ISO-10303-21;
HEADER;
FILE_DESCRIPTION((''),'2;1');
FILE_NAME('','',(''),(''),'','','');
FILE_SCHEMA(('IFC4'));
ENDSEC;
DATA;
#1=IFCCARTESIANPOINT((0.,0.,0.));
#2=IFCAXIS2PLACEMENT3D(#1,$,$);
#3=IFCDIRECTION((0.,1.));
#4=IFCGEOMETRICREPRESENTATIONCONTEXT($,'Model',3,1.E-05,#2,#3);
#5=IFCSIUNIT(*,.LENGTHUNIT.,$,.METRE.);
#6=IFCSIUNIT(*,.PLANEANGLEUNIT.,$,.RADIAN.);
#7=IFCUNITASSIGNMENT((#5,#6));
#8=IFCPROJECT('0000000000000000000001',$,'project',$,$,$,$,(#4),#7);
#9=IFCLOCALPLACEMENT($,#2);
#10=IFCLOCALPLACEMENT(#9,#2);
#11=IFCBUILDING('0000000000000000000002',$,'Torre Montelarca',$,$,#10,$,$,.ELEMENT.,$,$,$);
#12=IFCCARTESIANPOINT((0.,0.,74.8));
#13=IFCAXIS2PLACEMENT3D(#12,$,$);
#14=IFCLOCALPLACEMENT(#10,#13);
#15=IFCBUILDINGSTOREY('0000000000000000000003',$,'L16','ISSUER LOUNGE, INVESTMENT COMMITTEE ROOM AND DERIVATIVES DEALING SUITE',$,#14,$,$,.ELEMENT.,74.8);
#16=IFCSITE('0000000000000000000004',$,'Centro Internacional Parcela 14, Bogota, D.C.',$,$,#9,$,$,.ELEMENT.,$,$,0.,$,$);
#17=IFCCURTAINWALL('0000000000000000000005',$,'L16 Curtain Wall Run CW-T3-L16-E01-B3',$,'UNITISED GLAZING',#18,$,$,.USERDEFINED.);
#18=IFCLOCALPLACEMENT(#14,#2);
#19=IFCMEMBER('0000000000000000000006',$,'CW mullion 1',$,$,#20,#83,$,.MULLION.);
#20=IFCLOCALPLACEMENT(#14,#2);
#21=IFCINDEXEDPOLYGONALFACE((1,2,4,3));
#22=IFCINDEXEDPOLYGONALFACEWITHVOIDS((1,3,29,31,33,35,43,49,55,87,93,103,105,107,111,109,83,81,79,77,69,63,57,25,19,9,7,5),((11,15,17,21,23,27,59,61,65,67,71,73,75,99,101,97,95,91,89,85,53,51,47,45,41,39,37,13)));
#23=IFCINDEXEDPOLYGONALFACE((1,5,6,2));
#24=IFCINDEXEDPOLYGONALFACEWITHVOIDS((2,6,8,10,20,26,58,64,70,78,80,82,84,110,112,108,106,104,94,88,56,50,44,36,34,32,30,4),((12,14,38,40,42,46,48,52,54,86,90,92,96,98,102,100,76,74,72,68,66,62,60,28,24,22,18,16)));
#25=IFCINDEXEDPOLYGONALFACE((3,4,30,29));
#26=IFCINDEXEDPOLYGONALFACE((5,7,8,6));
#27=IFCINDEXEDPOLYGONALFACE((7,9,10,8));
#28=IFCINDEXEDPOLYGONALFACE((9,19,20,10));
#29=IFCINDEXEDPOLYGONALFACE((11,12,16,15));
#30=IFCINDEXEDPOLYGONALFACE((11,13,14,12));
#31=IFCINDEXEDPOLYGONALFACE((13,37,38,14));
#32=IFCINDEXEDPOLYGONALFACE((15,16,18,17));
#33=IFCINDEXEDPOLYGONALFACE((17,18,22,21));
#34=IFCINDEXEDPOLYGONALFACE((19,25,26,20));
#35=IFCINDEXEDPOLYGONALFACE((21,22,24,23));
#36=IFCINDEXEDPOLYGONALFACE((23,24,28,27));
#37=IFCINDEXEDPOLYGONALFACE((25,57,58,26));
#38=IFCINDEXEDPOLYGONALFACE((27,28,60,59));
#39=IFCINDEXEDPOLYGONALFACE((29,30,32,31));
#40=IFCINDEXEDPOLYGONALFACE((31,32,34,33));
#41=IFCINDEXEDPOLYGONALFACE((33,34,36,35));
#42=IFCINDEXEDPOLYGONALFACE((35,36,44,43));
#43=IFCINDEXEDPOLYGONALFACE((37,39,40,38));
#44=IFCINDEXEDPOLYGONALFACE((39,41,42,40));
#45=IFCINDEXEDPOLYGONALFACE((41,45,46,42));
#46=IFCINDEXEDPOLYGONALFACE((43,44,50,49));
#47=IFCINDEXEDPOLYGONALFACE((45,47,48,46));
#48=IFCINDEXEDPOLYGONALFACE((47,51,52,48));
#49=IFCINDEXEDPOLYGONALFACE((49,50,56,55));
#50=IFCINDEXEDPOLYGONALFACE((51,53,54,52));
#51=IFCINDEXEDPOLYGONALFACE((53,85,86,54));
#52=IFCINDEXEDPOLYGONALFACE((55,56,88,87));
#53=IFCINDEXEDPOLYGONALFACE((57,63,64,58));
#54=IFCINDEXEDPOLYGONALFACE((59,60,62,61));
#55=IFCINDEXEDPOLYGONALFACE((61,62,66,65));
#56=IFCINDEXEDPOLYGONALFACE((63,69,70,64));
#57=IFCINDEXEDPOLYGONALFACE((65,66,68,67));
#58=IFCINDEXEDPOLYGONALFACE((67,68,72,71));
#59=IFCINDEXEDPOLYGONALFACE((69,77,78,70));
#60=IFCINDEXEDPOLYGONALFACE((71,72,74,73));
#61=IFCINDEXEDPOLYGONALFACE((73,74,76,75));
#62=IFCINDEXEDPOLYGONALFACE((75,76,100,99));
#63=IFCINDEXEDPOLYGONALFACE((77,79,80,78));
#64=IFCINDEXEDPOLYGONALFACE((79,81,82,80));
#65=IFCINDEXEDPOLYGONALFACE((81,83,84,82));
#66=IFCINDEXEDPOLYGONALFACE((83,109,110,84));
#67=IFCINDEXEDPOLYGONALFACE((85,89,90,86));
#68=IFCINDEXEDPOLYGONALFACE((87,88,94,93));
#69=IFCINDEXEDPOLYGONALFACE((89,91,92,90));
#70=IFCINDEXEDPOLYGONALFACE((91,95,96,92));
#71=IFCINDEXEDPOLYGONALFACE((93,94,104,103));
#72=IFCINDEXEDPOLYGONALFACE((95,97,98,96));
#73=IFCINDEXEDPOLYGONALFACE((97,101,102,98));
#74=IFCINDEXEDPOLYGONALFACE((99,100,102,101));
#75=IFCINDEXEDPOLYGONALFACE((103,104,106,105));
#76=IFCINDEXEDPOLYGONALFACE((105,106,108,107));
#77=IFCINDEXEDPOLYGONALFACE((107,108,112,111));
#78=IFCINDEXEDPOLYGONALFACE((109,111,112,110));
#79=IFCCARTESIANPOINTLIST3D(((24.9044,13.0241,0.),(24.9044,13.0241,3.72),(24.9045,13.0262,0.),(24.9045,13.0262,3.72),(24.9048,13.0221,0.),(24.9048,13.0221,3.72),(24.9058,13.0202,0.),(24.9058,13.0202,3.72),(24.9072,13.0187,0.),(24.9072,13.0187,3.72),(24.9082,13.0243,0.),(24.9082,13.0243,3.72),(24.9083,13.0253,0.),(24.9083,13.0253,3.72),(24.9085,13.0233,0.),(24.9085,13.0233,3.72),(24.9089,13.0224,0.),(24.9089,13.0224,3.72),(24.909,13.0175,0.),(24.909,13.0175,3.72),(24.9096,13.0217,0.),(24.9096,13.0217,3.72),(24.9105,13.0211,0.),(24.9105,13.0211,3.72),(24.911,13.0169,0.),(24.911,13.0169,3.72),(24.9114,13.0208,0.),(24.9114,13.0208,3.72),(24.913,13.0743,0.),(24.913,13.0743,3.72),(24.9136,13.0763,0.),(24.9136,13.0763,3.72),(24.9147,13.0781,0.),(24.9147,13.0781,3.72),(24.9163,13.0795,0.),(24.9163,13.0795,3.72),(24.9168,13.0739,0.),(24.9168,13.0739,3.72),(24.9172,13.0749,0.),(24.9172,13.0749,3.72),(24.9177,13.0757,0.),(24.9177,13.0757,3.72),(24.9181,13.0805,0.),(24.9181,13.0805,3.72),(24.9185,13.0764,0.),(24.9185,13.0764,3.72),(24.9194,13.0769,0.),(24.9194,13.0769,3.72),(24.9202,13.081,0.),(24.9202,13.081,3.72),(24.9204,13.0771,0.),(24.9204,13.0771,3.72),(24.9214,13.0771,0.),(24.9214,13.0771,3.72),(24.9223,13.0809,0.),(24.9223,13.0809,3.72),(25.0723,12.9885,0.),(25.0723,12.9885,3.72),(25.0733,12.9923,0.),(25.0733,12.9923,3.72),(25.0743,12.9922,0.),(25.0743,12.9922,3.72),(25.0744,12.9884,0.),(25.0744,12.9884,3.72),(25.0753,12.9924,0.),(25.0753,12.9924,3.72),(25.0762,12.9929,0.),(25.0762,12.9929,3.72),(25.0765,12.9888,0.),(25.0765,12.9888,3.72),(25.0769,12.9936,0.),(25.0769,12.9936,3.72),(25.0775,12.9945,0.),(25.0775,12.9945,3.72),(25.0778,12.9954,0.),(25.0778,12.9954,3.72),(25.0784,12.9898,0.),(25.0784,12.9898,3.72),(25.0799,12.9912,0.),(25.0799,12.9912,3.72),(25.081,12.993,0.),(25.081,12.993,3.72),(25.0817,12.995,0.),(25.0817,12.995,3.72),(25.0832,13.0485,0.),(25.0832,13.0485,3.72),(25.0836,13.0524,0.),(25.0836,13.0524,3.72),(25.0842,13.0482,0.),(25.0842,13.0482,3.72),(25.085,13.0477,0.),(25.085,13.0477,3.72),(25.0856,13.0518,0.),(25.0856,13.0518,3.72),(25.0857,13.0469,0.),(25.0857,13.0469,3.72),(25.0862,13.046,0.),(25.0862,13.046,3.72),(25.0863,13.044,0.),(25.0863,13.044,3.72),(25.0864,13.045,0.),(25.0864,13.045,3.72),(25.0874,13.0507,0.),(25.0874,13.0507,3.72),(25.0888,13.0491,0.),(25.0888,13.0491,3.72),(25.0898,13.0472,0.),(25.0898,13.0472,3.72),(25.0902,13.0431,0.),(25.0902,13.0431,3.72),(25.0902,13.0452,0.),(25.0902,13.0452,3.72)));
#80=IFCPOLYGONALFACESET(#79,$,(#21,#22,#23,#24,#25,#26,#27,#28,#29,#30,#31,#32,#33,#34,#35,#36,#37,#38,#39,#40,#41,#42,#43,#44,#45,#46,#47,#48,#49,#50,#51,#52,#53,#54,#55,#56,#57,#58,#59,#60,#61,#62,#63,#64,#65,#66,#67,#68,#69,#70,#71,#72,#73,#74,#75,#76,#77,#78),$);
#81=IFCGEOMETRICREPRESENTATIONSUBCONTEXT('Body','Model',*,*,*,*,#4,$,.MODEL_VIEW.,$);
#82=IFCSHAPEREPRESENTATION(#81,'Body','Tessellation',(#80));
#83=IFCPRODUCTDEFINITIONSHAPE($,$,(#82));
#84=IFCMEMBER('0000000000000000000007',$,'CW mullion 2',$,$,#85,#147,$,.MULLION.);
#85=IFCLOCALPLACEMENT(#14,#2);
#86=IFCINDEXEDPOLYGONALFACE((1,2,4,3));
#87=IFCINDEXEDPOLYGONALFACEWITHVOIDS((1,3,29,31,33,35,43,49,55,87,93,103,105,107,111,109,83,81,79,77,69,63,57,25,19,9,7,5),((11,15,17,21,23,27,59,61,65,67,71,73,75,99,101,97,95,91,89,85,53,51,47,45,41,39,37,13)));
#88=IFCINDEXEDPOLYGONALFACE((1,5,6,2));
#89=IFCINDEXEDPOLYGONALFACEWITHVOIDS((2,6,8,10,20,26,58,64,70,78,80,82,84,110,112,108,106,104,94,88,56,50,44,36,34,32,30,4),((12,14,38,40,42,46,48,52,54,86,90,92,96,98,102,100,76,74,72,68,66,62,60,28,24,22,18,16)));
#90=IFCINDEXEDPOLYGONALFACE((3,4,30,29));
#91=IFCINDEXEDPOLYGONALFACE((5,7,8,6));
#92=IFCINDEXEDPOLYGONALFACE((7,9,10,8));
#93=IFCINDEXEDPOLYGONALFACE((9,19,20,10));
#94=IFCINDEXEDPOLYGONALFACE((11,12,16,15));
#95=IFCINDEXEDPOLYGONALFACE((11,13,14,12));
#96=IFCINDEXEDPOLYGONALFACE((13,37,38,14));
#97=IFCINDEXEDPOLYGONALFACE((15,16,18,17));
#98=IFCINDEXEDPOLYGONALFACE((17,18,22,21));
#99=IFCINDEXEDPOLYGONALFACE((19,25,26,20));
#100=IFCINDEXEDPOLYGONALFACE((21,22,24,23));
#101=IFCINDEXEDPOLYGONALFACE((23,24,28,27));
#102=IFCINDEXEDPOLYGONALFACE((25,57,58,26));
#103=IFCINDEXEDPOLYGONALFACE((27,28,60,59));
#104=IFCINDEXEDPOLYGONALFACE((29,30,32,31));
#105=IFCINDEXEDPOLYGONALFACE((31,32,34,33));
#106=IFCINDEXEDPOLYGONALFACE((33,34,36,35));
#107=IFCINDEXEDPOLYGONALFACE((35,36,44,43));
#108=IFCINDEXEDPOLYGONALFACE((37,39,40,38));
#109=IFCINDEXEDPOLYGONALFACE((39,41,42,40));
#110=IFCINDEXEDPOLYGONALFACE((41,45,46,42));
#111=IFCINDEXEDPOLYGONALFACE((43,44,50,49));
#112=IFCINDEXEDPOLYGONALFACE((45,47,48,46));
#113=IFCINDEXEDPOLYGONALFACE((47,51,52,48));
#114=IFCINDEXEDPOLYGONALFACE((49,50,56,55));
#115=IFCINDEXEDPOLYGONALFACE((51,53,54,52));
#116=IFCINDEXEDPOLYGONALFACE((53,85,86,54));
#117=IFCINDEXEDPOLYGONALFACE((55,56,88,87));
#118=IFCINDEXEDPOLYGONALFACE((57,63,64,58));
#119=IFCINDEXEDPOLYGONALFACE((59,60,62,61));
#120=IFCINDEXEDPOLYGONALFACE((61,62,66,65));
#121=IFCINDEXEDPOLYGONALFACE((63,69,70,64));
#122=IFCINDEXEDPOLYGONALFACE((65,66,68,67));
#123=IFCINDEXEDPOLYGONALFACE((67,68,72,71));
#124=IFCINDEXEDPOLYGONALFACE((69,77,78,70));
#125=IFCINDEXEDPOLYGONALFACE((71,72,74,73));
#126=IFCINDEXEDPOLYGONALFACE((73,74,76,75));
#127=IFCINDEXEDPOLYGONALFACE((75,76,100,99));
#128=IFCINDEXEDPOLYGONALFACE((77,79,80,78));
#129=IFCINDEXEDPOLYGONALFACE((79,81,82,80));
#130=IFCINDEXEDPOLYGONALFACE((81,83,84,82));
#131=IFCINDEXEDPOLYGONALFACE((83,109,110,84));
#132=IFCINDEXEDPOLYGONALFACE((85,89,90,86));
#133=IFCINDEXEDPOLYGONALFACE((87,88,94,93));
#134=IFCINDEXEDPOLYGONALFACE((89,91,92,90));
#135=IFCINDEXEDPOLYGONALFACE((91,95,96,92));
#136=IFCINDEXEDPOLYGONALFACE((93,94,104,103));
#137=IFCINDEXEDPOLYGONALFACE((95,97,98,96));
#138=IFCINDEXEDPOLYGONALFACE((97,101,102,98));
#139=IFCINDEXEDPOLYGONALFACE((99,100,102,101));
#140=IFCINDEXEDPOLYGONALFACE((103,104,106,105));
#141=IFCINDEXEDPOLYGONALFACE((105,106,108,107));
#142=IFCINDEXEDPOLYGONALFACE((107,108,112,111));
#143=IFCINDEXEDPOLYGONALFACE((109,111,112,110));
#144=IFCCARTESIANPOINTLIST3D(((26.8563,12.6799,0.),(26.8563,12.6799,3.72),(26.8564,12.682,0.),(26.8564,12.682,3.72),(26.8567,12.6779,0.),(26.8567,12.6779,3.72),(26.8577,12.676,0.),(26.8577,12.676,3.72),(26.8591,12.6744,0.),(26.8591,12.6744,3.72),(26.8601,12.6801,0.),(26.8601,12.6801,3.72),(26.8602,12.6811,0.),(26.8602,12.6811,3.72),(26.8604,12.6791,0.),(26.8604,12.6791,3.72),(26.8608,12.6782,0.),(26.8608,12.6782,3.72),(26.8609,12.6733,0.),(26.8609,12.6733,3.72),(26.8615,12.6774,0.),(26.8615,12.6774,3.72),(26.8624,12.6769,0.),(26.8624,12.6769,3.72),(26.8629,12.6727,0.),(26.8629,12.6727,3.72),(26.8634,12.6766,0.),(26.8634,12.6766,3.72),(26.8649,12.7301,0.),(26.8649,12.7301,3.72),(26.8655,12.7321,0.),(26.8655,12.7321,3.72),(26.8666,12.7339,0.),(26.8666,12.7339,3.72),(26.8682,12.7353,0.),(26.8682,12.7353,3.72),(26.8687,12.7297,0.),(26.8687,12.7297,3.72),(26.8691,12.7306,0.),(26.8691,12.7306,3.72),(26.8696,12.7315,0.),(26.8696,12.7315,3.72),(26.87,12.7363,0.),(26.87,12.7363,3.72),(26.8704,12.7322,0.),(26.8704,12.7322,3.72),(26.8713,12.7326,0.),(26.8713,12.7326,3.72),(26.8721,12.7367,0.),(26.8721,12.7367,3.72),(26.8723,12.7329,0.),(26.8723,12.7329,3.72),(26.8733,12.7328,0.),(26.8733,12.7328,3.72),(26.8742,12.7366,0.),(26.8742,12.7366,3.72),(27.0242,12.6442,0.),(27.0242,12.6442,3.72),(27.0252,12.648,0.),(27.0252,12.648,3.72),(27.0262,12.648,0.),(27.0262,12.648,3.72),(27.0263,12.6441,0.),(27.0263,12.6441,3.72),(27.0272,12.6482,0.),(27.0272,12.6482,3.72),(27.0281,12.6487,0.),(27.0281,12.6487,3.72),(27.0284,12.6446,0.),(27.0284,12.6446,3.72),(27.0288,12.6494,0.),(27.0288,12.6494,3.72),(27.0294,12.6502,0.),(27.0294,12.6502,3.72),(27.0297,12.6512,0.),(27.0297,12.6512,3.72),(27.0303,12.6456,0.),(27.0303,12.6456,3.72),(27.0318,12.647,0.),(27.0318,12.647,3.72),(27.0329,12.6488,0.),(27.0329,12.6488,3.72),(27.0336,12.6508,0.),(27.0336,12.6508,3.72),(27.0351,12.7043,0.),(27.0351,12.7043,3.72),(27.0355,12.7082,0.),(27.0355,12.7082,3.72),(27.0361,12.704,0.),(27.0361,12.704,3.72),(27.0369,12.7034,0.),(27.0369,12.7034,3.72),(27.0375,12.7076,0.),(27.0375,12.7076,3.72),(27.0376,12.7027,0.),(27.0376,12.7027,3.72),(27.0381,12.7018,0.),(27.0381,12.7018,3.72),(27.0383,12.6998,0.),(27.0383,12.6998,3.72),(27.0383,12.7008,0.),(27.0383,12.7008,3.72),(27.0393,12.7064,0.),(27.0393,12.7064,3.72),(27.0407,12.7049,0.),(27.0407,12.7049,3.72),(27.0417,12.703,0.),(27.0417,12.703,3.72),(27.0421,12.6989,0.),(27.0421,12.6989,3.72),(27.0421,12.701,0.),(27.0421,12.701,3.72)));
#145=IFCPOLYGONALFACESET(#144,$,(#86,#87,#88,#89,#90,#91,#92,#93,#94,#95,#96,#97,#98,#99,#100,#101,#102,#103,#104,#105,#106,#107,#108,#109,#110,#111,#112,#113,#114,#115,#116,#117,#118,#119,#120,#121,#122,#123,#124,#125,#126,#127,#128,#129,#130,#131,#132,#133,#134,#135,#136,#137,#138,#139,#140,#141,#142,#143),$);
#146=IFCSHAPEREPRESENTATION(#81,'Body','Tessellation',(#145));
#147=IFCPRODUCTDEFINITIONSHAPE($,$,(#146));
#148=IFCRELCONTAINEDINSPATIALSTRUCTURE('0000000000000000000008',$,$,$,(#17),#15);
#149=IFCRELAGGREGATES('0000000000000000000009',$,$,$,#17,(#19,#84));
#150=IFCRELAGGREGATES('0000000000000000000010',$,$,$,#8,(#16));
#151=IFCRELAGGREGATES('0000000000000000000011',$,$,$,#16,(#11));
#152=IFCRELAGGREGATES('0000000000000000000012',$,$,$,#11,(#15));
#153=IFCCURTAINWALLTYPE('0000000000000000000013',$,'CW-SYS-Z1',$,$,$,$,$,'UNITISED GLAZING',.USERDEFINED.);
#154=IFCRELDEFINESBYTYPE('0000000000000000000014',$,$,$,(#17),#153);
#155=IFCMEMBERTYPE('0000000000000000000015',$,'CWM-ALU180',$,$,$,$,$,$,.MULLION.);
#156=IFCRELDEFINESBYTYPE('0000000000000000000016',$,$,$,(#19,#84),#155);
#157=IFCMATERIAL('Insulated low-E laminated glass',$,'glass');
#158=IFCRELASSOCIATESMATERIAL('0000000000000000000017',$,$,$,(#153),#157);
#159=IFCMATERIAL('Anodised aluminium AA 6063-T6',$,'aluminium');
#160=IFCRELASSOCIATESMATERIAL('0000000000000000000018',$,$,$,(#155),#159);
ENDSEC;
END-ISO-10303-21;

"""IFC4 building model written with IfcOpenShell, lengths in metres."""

from ifc_helpers import new_model, si_unit, direction, frame, origin, origin_2d, place, context, subcontext, project, spatial, hollow_rectangle, extrude, source, transform, mapped, material, material_profile, profile_set, type_object, element, aggregate, save


model = new_model("IFC4")

# Units and contexts
model_context = context("Model", 3, precision=1e-05, world=origin(), true_north=direction((0.0, 1.0)))
body_context = subcontext(model_context, "Body", "Model", "MODEL_VIEW")
ifc_project = project(units=[si_unit("LENGTHUNIT", "METRE"), si_unit("PLANEANGLEUNIT", "RADIAN")], contexts=[model_context])

# Site, building, storey
site_placement = place(None, origin())
site = spatial("IfcSite", under=ifc_project, at=site_placement, Name="Centro Internacional Parcela 14, Bogota, D.C.", CompositionType="ELEMENT", RefElevation=0.0)
building_placement = place(site_placement, origin())
building = spatial("IfcBuilding", under=site, at=building_placement, Name="Torre Montelarca", CompositionType="ELEMENT")
storey_placement = place(building_placement, frame((0.0, 0.0, 74.8)))
storey = spatial("IfcBuildingStorey", under=building, at=storey_placement, Name="L16", Description="ISSUER LOUNGE, INVESTMENT COMMITTEE ROOM AND DERIVATIVES DEALING SUITE", CompositionType="ELEMENT", Elevation=74.8)

# Curtain wall
ifc_material_1 = material(Name="Insulated low-E laminated glass", Category="glass")
curtain_wall_type = type_object("IfcCurtainWallType", Name="CW-SYS-Z1", ElementType="UNITISED GLAZING", PredefinedType="USERDEFINED", material=ifc_material_1)
curtain_wall_1_placement = place(storey_placement, origin())
curtain_wall_1 = element("IfcCurtainWall", 1, at=curtain_wall_1_placement, inside=storey, type_object=curtain_wall_type, Name="L16 Curtain Wall Run CW-T3-L16-E01-B3", ObjectType="UNITISED GLAZING", PredefinedType="USERDEFINED")
ifc_material_2 = material(Name="Anodised aluminium AA 6063-T6", Category="aluminium")

# Shared definitions
ifc_material_profile_1 = material_profile(ifc_material_2, hollow_rectangle(XDim=0.0649, YDim=0.1799, WallThickness=0.0039, InnerFilletRadius=0.0039, OuterFilletRadius=0.0081, at=origin_2d()), Name="ALU65X180X4", Category="aluminium")
ifc_profile_set_1 = profile_set([ifc_material_profile_1], Name="Anodised aluminium AA 6063-T6")
member_type_1 = type_object("IfcMemberType", Name="CWM-ALU180", PredefinedType="MULLION", material=ifc_profile_set_1)
shared_shape_1 = source(origin(), body_context, "Body", "SweptSolid", [
    extrude(hollow_rectangle(XDim=0.0649, YDim=0.1799, WallThickness=0.0039, InnerFilletRadius=0.0039, OuterFilletRadius=0.0081, at=origin_2d()), origin(), (0.0, 0.0, 1.0), 3.72),
])

# Members
member_1_placement = place(storey_placement, frame((24.9973, 13.0347, 0.0), z_axis=(0.0, 0.0, 1.0), x_axis=(0.173637, 0.98481, 0.0)))
member_1 = element("IfcMember", 2, at=member_1_placement, type_object=member_type_1, Name="CW mullion 1", PredefinedType="MULLION", context=body_context, shape_type="MappedRepresentation", body=[
    mapped(shared_shape_1, transform((0.0, 0.0, 0.0), scale=1.0)),
])
member_2_placement = place(storey_placement, frame((26.9492, 12.6904, 0.0), z_axis=(0.0, 0.0, 1.0), x_axis=(0.173637, 0.98481, 0.0)))
member_2 = element("IfcMember", 3, at=member_2_placement, type_object=member_type_1, Name="CW mullion 2", PredefinedType="MULLION", context=body_context, shape_type="MappedRepresentation", body=[
    mapped(shared_shape_1, transform((0.0, 0.0, 0.0), scale=1.0)),
])

aggregate(curtain_wall_1, [member_1, member_2])

save(model, "model.ifc")
